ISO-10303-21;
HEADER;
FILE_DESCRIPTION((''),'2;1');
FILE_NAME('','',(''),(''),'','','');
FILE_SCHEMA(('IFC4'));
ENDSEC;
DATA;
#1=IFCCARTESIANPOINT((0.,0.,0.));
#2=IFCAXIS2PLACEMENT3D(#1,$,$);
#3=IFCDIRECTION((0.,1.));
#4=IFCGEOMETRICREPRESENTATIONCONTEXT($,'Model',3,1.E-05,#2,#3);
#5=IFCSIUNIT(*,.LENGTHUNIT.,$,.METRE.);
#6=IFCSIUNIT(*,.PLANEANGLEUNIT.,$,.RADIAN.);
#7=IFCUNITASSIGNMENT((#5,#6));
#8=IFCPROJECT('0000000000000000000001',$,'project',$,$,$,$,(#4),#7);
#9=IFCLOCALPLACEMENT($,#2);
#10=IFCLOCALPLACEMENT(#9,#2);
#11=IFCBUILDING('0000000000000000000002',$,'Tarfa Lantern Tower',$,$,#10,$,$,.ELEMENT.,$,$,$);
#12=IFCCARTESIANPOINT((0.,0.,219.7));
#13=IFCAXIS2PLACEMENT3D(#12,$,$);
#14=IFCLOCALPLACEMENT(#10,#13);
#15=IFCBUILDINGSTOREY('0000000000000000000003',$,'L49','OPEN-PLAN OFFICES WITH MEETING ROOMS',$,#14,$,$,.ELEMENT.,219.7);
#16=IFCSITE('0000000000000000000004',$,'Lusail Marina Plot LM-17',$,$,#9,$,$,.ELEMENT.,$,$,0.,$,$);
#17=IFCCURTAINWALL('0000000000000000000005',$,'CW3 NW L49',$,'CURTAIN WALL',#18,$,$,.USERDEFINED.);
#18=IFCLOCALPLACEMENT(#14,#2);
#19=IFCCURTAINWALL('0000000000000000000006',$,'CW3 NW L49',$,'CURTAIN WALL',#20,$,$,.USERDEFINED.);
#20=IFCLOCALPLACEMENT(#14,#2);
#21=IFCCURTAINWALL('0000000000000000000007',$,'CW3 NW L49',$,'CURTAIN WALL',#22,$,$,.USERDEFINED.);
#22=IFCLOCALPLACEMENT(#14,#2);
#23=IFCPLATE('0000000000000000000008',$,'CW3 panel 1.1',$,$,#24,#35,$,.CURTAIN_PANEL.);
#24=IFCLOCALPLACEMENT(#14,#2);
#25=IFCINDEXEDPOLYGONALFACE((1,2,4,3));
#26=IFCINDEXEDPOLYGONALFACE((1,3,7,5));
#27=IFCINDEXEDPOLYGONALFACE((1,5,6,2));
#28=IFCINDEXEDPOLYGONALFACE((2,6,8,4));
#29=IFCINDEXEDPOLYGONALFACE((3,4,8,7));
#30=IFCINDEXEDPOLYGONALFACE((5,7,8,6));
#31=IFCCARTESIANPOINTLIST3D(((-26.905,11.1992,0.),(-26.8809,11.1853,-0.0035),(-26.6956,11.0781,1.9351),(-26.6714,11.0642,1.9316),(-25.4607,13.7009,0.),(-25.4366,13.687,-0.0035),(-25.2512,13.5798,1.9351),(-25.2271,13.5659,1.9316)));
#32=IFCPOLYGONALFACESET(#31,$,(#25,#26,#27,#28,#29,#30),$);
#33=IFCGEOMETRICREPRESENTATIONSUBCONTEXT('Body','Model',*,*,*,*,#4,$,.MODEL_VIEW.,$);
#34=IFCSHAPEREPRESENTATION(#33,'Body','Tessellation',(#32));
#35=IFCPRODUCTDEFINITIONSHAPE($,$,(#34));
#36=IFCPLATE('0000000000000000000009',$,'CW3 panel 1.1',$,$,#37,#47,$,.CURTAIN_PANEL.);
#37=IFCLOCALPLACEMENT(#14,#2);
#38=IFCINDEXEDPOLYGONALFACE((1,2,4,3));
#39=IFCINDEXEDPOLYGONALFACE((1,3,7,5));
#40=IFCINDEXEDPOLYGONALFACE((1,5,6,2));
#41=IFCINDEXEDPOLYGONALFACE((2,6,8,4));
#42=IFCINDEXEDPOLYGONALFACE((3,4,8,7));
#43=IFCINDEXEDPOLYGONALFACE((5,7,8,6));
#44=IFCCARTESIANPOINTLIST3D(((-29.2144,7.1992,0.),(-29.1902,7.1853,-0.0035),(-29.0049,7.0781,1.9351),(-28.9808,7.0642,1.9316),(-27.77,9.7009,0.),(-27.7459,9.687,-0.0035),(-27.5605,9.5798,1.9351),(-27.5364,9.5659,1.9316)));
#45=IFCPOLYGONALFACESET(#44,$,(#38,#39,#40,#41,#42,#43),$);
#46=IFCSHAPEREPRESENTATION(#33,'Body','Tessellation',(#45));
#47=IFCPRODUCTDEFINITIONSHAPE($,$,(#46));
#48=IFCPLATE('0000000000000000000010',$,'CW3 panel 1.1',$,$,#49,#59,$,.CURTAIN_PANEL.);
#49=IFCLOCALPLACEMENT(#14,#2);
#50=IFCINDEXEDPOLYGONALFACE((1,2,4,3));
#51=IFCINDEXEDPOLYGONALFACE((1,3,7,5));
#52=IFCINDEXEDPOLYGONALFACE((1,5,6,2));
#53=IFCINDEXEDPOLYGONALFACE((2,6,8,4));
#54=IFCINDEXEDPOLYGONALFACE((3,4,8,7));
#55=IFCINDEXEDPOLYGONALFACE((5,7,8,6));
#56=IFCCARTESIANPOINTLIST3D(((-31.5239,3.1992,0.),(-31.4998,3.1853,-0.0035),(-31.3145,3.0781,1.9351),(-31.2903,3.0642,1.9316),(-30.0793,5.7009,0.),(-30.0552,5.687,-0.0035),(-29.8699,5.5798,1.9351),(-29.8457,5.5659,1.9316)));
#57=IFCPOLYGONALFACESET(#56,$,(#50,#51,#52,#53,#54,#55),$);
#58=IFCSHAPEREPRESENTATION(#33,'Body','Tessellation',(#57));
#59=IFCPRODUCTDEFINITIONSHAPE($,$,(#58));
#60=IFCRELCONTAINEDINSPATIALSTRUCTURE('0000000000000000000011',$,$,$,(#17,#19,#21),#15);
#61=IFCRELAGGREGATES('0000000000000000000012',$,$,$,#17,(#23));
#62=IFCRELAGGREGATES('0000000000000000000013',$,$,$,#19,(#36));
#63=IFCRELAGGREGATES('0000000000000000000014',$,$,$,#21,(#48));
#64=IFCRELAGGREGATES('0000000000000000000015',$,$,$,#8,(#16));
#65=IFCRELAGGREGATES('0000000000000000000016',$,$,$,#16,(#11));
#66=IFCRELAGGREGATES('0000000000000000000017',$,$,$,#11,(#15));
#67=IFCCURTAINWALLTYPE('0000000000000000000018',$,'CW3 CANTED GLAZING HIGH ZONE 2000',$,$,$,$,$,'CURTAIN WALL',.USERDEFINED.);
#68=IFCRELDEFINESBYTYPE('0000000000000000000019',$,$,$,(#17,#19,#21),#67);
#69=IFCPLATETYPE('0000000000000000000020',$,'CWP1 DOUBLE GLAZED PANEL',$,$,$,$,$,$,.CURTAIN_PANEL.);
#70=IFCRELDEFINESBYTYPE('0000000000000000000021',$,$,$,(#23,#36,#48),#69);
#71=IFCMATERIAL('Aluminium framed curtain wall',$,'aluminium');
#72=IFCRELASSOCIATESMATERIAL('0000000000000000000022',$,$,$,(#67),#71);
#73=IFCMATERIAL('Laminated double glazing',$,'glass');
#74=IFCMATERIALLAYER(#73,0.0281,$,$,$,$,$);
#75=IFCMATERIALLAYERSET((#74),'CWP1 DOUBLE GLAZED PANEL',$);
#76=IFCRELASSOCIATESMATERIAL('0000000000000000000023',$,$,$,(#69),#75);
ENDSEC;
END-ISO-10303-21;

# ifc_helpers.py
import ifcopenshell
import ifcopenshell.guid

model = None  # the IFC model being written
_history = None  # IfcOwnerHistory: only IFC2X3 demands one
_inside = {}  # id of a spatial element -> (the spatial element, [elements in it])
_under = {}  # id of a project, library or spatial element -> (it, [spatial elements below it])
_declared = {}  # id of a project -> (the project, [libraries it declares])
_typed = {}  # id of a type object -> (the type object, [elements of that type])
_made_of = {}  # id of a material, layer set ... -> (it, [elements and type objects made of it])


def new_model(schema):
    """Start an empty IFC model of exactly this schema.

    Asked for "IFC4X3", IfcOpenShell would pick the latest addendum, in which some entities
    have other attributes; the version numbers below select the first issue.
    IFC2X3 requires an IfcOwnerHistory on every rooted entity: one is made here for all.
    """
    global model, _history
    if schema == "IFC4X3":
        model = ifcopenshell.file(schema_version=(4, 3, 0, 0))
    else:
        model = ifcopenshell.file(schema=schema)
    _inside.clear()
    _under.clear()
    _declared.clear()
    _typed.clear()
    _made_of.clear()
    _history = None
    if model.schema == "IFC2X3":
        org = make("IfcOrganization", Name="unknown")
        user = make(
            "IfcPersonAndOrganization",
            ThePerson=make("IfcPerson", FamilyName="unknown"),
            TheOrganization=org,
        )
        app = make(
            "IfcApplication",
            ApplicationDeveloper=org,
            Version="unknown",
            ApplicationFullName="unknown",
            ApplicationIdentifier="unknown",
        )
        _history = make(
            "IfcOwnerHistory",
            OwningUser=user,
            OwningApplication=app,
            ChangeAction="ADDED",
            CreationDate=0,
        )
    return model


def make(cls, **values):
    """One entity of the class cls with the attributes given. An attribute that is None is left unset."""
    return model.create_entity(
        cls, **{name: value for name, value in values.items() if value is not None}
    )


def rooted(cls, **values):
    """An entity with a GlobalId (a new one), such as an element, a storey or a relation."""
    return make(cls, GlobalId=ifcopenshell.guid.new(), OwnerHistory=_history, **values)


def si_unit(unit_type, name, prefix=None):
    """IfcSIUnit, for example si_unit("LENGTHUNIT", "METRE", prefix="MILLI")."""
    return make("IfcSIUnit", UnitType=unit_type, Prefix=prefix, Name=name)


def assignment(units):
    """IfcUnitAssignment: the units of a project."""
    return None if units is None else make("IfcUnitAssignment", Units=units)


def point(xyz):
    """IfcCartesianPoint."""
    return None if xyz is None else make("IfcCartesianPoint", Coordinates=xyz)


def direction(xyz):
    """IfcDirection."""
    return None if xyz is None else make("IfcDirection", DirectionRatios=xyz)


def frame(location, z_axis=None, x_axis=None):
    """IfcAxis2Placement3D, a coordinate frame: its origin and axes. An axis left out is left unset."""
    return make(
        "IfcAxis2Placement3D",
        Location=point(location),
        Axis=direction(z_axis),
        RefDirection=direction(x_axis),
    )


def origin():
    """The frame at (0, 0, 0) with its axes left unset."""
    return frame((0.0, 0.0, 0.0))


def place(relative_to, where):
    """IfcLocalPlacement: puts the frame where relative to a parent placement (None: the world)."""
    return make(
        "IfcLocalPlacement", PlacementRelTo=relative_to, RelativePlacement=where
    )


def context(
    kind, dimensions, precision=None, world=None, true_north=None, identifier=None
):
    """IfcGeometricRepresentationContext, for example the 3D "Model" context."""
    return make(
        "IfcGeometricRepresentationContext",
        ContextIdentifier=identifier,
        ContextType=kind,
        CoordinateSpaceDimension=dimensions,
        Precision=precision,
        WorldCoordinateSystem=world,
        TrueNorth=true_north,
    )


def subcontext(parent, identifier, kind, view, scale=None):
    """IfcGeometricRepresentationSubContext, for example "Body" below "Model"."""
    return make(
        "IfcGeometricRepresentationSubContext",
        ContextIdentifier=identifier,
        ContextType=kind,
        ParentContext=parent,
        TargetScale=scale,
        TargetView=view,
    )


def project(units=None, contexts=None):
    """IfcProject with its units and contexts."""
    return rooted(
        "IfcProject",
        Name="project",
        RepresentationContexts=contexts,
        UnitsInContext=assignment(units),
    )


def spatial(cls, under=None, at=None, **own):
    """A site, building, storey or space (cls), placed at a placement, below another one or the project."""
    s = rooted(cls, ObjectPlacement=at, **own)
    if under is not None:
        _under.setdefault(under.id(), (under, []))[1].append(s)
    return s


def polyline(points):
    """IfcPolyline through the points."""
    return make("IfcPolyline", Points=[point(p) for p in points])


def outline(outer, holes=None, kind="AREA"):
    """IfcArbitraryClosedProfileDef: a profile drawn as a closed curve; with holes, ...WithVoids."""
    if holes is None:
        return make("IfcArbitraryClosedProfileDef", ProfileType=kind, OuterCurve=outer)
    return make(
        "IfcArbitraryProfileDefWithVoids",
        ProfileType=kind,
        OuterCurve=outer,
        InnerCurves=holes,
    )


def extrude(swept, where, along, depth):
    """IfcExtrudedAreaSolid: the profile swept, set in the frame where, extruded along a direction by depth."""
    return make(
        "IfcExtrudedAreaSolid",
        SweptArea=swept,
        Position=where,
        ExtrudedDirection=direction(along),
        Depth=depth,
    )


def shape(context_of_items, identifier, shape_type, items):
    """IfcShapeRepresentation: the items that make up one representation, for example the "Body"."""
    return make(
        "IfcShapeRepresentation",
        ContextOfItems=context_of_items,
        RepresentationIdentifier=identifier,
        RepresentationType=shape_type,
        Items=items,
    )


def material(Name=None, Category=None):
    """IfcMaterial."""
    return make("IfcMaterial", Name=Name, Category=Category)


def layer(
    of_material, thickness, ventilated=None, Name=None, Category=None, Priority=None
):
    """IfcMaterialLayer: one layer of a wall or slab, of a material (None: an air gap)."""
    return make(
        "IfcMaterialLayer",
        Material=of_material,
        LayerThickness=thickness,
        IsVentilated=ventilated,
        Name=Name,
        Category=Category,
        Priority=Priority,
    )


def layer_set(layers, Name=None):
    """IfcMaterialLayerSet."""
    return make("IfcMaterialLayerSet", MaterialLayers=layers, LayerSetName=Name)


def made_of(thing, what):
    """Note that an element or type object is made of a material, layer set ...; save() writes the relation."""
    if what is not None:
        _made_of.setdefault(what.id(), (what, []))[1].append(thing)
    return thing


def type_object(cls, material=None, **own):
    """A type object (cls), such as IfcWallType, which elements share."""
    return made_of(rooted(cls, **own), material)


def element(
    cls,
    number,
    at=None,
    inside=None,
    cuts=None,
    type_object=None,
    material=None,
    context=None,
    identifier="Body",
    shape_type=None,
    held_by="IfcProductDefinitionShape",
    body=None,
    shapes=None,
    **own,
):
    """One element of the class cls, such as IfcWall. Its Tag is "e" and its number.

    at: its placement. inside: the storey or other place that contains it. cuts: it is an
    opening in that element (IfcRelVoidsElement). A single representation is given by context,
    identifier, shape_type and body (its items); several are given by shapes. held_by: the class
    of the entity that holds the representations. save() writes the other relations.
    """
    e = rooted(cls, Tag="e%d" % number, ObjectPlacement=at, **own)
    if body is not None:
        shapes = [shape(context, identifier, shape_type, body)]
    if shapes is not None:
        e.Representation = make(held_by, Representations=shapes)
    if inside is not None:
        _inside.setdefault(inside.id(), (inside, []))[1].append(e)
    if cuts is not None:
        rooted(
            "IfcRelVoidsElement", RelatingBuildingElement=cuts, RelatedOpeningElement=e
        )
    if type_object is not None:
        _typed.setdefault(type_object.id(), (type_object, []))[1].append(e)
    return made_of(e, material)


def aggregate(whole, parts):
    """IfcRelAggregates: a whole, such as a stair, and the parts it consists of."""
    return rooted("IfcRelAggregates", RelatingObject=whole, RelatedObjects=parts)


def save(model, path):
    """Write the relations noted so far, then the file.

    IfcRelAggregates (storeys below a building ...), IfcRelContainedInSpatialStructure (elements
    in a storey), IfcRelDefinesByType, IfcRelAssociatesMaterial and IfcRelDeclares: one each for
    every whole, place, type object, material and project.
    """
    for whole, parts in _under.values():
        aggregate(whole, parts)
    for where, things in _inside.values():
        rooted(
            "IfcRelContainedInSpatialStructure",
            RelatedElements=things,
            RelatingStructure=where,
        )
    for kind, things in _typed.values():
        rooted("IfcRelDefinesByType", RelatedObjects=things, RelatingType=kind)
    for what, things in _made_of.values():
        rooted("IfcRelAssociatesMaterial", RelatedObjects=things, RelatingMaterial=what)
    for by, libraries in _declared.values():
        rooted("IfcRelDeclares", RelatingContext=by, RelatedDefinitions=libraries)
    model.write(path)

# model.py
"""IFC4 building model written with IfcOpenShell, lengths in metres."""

from ifc_helpers import new_model, si_unit, direction, frame, origin, place, context, subcontext, project, spatial, polyline, outline, extrude, material, layer, layer_set, type_object, element, aggregate, save


model = new_model("IFC4")

# Units and contexts
model_context = context("Model", 3, precision=1e-05, world=origin(), true_north=direction((0.0, 1.0)))
body_context = subcontext(model_context, "Body", "Model", "MODEL_VIEW")
ifc_project = project(units=[si_unit("LENGTHUNIT", "METRE"), si_unit("PLANEANGLEUNIT", "RADIAN")], contexts=[model_context])

# Site, building, storey
site_placement = place(None, origin())
site = spatial("IfcSite", under=ifc_project, at=site_placement, Name="Lusail Marina Plot LM-17", CompositionType="ELEMENT", RefElevation=0.0)
building_placement = place(site_placement, origin())
building = spatial("IfcBuilding", under=site, at=building_placement, Name="Tarfa Lantern Tower", CompositionType="ELEMENT")
storey_placement = place(building_placement, frame((0.0, 0.0, 219.7)))
storey = spatial("IfcBuildingStorey", under=building, at=storey_placement, Name="L49", Description="OPEN-PLAN OFFICES WITH MEETING ROOMS", CompositionType="ELEMENT", Elevation=219.7)

# Curtain wall
ifc_material_1 = material(Name="Aluminium framed curtain wall", Category="aluminium")
curtain_wall_type = type_object("IfcCurtainWallType", Name="CW3 CANTED GLAZING HIGH ZONE 2000", ElementType="CURTAIN WALL", PredefinedType="USERDEFINED", material=ifc_material_1)
curtain_wall_1_placement = place(storey_placement, origin())
curtain_wall_1 = element("IfcCurtainWall", 1, at=curtain_wall_1_placement, inside=storey, type_object=curtain_wall_type, Name="CW3 NW L49", ObjectType="CURTAIN WALL", PredefinedType="USERDEFINED")

# Curtain walls
curtain_wall_2_placement = place(storey_placement, origin())
curtain_wall_2 = element("IfcCurtainWall", 2, at=curtain_wall_2_placement, inside=storey, type_object=curtain_wall_type, Name="CW3 NW L49", ObjectType="CURTAIN WALL", PredefinedType="USERDEFINED")
curtain_wall_3_placement = place(storey_placement, origin())
curtain_wall_3 = element("IfcCurtainWall", 3, at=curtain_wall_3_placement, inside=storey, type_object=curtain_wall_type, Name="CW3 NW L49", ObjectType="CURTAIN WALL", PredefinedType="USERDEFINED")

# Plates
ifc_material_2 = material(Name="Laminated double glazing", Category="glass")
ifc_layer = layer(ifc_material_2, 0.0281)
ifc_layer_set = layer_set([ifc_layer], Name="CWP1 DOUBLE GLAZED PANEL")
plate_type = type_object("IfcPlateType", Name="CWP1 DOUBLE GLAZED PANEL", PredefinedType="CURTAIN_PANEL", material=ifc_layer_set)
plate_1_placement = place(storey_placement, frame((-25.4607, 13.7009, 0.0), z_axis=(-0.859338, 0.49613, 0.124072), x_axis=(-0.499993, -0.866029, 0.0)))
plate_1 = element("IfcPlate", 4, at=plate_1_placement, type_object=plate_type, Name="CW3 panel 1.1", PredefinedType="CURTAIN_PANEL", context=body_context, shape_type="SweptSolid", body=[
    extrude(outline(polyline([(0.0, 0.0), (2.8887, 0.0), (2.8888, 1.9501), (0.0001, 1.9501), (0.0, 0.0)])), origin(), (0.0, 0.0, -1.0), 0.0281),
])
aggregate(curtain_wall_1, [plate_1])
plate_2_placement = place(storey_placement, frame((-27.77, 9.7009, 0.0), z_axis=(-0.859338, 0.49613, 0.124072), x_axis=(-0.499993, -0.866029, 0.0)))
plate_2 = element("IfcPlate", 5, at=plate_2_placement, type_object=plate_type, Name="CW3 panel 1.1", PredefinedType="CURTAIN_PANEL", context=body_context, shape_type="SweptSolid", body=[
    extrude(outline(polyline([(0.0, 0.0), (2.8887, 0.0), (2.8888, 1.9501), (0.0001, 1.9501), (0.0, 0.0)])), origin(), (0.0, 0.0, -1.0), 0.0281),
])
aggregate(curtain_wall_2, [plate_2])
plate_3_placement = place(storey_placement, frame((-30.0793, 5.7009, 0.0), z_axis=(-0.859301, 0.496193, 0.124072), x_axis=(-0.500057, -0.865993, 0.0)))
plate_3 = element("IfcPlate", 6, at=plate_3_placement, type_object=plate_type, Name="CW3 panel 1.1", PredefinedType="CURTAIN_PANEL", context=body_context, shape_type="SweptSolid", body=[
    extrude(outline(polyline([(0.0, 0.0), (2.8888, 0.0), (2.889, 1.9501), (0.0001, 1.9501), (0.0, 0.0)])), origin(), (0.0, 0.0, -1.0), 0.0281),
])
aggregate(curtain_wall_3, [plate_3])

save(model, "model.ifc")
